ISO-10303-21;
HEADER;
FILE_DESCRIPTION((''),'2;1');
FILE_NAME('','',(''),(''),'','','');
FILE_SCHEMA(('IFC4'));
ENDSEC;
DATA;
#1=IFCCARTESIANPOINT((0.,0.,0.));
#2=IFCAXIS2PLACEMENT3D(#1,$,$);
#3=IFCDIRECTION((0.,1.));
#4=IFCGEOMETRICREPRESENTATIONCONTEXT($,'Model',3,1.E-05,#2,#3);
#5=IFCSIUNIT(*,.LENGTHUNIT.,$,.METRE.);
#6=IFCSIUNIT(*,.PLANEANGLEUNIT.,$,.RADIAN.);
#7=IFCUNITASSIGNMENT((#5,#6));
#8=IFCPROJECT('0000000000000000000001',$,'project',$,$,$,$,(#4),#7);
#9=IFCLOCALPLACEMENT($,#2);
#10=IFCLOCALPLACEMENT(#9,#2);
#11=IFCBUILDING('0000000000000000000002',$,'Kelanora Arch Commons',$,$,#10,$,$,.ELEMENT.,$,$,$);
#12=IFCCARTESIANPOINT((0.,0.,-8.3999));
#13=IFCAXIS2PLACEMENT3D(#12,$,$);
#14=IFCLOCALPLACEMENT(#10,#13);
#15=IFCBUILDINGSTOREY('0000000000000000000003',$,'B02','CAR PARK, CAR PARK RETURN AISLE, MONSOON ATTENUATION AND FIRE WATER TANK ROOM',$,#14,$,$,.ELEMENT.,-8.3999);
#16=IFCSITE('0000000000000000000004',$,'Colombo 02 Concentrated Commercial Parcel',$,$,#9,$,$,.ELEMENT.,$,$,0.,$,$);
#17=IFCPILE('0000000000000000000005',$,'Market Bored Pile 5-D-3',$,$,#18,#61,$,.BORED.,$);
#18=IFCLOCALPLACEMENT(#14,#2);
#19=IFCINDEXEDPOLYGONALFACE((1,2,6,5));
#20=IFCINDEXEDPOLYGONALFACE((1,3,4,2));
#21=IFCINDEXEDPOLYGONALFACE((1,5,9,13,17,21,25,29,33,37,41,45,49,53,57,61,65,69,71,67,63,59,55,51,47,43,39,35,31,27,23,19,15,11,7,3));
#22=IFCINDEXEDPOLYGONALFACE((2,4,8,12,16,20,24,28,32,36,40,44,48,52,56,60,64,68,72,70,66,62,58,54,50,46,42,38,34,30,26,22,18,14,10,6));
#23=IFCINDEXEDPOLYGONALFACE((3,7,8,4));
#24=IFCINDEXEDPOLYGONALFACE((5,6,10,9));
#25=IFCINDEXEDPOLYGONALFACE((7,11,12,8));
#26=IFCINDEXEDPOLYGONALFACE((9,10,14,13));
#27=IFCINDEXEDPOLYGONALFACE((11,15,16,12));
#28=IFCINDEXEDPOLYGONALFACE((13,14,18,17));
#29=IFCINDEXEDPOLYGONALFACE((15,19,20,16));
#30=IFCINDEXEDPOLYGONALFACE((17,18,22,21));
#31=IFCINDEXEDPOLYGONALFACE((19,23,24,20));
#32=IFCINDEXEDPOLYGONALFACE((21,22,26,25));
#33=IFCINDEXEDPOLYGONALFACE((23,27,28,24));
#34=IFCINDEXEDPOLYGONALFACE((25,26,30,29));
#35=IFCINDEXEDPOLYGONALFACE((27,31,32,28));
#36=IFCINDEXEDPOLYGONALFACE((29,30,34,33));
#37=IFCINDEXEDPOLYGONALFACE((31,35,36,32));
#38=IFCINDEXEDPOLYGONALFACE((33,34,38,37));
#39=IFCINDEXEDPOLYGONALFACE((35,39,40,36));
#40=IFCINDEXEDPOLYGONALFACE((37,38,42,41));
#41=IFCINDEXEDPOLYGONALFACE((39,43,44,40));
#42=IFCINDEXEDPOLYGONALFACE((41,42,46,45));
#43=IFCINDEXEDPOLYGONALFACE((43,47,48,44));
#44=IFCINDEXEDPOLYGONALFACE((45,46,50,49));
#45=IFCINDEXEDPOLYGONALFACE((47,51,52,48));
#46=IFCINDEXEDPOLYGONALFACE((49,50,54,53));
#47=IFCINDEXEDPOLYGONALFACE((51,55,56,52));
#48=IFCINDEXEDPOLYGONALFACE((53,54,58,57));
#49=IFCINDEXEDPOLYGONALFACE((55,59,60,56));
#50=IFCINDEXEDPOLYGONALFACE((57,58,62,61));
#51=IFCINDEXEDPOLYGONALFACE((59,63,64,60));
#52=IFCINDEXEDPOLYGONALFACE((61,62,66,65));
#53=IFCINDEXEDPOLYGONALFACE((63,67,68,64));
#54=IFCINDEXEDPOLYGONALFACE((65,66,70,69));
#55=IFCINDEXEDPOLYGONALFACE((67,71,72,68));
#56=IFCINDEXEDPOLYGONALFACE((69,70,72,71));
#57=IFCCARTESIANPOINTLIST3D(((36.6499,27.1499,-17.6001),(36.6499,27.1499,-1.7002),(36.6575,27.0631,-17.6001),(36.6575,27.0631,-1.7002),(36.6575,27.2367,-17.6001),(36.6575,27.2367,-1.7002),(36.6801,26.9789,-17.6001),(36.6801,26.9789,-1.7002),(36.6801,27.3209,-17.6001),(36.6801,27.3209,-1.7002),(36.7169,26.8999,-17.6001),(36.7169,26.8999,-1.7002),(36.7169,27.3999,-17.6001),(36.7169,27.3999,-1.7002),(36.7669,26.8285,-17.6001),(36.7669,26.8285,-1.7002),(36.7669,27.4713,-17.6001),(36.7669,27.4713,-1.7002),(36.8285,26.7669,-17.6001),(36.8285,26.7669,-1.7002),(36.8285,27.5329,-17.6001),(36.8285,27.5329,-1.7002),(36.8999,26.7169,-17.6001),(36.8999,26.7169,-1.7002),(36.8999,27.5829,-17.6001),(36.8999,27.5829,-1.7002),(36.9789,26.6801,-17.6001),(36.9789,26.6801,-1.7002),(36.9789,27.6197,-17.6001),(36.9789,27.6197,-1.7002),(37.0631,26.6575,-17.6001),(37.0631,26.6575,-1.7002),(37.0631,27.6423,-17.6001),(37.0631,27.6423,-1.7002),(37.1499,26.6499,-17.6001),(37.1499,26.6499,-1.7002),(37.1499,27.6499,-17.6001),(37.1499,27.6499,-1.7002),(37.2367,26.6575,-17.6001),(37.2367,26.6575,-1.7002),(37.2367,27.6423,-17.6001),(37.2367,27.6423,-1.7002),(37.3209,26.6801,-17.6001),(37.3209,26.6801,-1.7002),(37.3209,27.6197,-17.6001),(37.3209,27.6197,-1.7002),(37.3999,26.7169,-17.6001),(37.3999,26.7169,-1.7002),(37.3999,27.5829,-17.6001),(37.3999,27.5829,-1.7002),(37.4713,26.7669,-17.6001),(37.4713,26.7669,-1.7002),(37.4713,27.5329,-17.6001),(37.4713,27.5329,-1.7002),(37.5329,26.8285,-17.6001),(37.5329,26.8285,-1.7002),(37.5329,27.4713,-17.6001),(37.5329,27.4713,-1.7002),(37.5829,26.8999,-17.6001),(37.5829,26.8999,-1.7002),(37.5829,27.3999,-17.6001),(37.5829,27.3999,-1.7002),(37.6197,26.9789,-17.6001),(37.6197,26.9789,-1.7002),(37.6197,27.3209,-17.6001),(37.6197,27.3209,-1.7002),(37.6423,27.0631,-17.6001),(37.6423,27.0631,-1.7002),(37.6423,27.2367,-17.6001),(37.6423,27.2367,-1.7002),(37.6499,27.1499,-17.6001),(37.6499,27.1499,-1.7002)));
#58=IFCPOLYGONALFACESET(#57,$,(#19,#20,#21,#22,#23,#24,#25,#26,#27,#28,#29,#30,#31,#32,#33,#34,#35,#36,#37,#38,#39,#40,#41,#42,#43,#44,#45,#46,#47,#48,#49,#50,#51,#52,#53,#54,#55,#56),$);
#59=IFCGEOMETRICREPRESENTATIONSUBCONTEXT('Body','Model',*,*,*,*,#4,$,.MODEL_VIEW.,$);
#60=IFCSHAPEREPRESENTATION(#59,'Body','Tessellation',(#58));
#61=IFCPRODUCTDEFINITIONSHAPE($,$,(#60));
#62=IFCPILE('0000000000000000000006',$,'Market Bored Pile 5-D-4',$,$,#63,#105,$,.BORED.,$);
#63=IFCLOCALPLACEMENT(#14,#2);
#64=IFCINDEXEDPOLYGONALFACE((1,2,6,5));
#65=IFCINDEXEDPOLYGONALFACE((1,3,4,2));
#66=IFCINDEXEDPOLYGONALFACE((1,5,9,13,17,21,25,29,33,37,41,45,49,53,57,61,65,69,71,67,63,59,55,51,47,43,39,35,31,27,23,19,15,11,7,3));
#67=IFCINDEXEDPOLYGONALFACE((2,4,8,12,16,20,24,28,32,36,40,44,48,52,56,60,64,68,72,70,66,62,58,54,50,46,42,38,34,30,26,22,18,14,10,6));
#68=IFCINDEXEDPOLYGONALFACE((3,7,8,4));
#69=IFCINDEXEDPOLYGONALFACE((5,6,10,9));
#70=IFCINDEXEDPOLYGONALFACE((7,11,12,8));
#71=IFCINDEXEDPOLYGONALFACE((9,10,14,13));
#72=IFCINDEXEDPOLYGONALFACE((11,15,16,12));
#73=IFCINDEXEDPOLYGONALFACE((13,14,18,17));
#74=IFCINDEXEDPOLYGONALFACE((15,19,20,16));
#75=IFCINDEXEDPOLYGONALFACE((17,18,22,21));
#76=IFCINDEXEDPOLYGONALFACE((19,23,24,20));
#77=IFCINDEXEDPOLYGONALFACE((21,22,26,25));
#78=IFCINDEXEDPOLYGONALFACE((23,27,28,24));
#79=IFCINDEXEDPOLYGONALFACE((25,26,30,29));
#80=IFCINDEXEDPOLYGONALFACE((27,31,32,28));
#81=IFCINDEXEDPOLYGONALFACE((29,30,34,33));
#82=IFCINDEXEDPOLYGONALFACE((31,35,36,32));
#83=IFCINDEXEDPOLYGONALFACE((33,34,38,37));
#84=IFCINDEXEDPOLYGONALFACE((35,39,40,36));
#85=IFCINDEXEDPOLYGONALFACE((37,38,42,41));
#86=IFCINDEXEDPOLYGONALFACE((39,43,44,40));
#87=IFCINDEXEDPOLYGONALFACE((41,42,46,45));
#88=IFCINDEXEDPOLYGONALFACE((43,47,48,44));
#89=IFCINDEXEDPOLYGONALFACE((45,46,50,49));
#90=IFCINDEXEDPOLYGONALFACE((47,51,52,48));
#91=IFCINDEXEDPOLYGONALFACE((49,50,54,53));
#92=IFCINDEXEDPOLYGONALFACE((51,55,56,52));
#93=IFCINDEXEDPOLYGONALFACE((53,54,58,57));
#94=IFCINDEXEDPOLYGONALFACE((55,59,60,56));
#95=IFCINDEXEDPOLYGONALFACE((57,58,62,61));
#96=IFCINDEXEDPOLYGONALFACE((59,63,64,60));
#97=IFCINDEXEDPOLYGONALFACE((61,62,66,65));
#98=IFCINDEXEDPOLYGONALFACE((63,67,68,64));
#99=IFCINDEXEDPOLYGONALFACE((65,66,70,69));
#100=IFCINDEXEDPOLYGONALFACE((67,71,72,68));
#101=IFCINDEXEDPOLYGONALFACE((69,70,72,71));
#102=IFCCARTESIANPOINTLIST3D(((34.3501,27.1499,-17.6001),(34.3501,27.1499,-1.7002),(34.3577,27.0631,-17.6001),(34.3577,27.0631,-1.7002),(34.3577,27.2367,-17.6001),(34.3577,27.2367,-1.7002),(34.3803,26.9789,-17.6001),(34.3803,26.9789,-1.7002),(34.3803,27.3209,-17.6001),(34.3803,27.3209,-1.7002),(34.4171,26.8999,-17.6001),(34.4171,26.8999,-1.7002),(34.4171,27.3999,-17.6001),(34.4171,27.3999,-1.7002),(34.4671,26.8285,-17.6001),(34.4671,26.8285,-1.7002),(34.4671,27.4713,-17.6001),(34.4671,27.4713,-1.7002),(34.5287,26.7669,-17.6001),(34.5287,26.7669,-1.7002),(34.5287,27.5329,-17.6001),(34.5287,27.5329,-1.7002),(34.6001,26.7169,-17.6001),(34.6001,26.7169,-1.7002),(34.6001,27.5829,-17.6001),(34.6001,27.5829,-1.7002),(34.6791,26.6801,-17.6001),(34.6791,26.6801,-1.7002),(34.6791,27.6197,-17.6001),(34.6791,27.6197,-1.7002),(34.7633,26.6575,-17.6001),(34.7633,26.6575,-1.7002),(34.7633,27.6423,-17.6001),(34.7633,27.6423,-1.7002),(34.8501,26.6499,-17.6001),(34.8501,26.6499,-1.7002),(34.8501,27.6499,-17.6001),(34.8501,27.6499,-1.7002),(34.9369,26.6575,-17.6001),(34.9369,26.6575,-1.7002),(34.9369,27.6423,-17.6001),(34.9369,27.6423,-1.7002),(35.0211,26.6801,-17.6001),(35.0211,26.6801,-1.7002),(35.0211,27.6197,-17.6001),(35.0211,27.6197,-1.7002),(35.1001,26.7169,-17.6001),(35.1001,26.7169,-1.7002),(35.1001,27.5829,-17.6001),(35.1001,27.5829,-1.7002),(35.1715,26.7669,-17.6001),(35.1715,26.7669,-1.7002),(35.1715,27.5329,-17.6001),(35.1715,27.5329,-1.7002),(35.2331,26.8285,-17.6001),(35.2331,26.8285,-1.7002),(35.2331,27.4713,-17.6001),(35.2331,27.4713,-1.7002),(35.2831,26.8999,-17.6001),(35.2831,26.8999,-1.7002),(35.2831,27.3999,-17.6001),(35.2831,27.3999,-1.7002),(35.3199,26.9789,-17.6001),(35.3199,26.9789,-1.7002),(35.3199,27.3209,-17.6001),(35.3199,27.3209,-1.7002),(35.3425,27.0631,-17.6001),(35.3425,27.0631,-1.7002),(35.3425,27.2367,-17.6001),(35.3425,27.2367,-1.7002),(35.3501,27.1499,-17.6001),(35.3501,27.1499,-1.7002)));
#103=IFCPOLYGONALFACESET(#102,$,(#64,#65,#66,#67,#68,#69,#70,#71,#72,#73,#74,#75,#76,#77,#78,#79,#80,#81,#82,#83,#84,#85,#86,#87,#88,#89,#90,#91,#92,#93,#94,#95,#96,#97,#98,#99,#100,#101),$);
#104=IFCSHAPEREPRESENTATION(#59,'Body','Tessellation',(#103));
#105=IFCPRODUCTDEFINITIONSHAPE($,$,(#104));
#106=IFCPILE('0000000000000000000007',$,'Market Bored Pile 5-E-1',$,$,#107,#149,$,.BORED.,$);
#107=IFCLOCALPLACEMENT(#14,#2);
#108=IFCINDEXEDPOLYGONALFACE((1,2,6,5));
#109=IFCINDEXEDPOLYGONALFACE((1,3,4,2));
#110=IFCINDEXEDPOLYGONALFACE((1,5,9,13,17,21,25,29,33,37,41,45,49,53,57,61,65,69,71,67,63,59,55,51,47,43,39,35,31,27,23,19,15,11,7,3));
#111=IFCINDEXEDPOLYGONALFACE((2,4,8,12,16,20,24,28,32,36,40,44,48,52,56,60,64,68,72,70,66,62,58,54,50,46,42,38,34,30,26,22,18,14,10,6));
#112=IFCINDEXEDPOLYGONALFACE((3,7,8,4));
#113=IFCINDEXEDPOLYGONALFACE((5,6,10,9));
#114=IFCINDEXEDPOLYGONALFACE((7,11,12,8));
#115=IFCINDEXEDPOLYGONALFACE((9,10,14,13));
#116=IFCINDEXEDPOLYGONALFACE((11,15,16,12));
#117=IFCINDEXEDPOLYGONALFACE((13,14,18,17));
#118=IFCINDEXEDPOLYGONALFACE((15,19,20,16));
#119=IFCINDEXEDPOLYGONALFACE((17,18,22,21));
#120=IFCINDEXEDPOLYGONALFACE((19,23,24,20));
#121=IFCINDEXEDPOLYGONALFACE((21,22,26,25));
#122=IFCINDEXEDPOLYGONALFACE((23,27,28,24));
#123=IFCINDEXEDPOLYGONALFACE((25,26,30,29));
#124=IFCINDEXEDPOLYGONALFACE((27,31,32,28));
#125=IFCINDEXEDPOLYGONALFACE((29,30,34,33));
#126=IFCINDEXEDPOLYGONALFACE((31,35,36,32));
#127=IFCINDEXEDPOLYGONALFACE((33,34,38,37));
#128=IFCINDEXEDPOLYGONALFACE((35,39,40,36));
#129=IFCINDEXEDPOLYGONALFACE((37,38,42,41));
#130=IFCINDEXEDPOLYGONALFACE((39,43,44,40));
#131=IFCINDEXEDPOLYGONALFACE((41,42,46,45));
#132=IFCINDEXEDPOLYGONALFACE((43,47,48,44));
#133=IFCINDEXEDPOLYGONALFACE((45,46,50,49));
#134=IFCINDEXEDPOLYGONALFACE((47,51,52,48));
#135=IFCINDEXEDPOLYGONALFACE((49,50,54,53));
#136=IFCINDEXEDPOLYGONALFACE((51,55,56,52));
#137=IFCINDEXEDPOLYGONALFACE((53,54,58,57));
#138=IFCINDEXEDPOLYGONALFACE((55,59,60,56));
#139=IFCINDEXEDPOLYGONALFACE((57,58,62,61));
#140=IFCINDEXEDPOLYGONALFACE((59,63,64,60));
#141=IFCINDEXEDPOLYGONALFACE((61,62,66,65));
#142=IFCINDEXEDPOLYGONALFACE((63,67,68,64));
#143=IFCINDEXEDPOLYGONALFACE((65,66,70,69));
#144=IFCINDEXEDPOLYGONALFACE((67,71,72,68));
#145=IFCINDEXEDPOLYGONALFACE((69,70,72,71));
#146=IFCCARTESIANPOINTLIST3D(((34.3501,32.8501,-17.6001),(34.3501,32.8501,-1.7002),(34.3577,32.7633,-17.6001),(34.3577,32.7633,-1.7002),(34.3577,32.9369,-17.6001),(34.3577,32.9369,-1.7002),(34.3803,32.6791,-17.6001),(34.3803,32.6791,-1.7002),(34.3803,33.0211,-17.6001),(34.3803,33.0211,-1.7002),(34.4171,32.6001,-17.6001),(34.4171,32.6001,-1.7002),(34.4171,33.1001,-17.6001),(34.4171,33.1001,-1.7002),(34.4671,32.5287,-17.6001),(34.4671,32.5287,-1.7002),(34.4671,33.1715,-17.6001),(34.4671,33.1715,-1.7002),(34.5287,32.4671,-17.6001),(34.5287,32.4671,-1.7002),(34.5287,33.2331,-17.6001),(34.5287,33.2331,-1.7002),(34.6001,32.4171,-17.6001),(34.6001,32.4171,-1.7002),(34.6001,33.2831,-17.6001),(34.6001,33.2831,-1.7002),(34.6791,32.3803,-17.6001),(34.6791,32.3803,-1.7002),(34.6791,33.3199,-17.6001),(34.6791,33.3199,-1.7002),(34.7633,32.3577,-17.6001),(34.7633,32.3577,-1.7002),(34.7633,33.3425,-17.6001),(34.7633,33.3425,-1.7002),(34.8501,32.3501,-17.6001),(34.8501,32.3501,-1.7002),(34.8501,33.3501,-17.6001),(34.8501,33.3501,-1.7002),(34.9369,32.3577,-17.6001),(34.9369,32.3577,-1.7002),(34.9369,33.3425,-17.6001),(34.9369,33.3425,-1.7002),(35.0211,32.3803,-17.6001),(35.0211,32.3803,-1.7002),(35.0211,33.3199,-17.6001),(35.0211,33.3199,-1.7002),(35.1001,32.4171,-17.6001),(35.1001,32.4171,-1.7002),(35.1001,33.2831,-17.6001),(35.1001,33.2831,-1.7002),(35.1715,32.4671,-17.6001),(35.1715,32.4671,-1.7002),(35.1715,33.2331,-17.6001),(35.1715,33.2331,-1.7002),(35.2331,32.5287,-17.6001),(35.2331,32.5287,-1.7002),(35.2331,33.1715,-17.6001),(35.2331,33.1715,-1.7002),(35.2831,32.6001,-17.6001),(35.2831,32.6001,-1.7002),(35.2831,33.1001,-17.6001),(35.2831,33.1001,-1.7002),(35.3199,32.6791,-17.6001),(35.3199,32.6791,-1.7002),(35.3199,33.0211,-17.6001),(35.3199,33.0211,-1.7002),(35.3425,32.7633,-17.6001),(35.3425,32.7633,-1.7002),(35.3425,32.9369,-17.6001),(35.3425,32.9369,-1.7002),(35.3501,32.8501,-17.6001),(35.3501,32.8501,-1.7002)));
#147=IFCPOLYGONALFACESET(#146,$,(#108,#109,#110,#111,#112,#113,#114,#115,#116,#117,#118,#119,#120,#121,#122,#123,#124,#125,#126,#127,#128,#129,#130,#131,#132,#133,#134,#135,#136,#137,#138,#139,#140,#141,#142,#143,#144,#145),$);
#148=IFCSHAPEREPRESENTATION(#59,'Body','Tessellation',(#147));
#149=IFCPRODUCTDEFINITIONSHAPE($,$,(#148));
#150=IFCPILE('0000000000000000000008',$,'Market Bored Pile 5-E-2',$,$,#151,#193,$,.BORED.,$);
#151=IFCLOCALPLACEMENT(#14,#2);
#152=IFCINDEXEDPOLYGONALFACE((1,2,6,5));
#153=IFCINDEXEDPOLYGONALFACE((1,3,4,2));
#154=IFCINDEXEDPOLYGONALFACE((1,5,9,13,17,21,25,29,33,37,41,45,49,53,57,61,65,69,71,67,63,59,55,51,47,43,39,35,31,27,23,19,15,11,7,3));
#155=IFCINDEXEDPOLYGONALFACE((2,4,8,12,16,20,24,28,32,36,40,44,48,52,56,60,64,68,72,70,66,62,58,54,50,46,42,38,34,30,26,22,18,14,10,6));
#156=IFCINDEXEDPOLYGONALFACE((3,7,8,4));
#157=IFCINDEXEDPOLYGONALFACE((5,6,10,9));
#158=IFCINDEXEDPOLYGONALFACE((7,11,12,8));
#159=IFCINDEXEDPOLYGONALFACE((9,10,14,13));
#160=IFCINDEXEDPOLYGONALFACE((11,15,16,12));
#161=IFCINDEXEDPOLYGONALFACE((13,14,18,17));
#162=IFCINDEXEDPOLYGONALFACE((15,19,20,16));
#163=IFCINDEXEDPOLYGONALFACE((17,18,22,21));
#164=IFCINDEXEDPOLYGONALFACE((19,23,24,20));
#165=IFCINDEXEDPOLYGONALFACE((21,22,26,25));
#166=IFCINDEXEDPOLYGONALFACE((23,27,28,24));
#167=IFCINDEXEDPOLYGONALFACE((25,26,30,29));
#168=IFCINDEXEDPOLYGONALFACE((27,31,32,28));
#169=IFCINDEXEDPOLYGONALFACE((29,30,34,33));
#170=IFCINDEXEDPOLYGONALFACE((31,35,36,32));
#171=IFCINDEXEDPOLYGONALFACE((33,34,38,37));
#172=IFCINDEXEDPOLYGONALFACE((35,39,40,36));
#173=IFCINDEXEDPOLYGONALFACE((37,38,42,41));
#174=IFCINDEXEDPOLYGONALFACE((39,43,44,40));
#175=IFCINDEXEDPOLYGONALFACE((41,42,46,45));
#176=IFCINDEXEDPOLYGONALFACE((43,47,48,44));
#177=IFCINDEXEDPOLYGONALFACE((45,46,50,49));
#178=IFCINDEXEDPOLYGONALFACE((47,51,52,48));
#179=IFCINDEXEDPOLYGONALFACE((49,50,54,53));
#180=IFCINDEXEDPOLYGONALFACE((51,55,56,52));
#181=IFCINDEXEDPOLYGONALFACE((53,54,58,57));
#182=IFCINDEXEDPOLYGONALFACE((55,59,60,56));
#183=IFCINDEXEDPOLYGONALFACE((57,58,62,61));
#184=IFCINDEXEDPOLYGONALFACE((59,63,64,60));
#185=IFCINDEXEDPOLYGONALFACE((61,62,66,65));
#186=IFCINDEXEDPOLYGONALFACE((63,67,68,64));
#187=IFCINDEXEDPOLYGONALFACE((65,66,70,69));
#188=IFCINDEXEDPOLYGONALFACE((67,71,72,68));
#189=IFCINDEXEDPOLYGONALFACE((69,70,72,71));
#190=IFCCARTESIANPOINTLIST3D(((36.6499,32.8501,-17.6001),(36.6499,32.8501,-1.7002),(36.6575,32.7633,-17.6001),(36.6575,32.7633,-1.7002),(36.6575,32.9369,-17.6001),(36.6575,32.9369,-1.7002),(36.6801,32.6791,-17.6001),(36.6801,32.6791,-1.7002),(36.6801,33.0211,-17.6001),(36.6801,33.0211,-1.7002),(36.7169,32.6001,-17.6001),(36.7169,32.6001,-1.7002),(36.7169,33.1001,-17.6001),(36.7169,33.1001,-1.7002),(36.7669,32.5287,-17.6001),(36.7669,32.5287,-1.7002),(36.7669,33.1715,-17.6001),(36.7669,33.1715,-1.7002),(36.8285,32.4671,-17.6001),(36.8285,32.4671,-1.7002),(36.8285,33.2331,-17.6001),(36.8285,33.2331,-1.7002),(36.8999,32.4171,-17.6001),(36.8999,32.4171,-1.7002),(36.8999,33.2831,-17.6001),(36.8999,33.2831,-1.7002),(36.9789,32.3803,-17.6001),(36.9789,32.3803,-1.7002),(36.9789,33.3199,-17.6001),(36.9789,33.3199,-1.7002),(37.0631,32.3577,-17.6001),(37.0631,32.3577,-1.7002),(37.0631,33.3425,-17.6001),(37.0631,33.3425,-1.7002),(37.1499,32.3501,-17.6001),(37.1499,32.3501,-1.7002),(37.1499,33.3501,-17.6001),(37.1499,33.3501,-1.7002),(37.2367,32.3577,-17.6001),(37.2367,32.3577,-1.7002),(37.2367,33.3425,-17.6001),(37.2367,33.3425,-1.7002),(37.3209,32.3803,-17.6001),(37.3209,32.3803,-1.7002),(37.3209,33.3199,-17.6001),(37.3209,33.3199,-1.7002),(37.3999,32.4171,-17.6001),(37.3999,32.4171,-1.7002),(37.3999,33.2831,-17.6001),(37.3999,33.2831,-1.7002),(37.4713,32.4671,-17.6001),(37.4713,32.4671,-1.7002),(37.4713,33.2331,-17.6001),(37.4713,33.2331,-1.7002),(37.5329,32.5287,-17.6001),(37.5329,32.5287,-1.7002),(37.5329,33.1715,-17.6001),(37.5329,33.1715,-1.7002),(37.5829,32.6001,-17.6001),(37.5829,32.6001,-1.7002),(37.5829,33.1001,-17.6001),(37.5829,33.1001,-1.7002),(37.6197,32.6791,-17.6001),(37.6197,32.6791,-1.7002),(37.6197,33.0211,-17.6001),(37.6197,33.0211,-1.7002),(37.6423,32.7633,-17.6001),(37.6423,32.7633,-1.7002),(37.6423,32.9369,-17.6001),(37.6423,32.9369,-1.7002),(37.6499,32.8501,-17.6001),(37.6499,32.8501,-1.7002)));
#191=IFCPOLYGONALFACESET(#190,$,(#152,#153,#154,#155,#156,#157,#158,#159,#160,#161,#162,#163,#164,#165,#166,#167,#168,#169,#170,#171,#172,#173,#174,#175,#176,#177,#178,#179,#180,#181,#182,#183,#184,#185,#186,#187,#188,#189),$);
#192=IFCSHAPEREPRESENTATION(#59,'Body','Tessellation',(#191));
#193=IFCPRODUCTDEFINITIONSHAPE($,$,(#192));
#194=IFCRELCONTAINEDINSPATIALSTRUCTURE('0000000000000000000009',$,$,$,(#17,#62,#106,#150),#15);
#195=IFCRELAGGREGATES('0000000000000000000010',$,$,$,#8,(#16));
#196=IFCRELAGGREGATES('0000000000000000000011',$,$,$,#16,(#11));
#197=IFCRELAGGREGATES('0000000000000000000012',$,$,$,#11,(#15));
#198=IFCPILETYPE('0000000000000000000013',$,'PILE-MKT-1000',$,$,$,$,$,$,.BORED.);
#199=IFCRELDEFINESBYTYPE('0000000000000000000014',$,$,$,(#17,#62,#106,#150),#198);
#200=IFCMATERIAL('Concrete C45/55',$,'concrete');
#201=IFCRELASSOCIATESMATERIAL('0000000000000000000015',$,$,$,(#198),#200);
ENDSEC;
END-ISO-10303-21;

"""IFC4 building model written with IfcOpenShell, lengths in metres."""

from ifc_helpers import new_model, si_unit, direction, frame, origin, origin_2d, place, context, subcontext, project, spatial, circle, extrude, source, transform, mapped, material, material_profile, profile_set, type_object, element, save


model = new_model("IFC4")

# Units and contexts
model_context = context("Model", 3, precision=1e-05, world=origin(), true_north=direction((0.0, 1.0)))
body_context = subcontext(model_context, "Body", "Model", "MODEL_VIEW")
ifc_project = project(units=[si_unit("LENGTHUNIT", "METRE"), si_unit("PLANEANGLEUNIT", "RADIAN")], contexts=[model_context])

# Site, building, storey
site_placement = place(None, origin())
site = spatial("IfcSite", under=ifc_project, at=site_placement, Name="Colombo 02 Concentrated Commercial Parcel", CompositionType="ELEMENT", RefElevation=0.0)
building_placement = place(site_placement, origin())
building = spatial("IfcBuilding", under=site, at=building_placement, Name="Kelanora Arch Commons", CompositionType="ELEMENT")
storey_placement = place(building_placement, frame((0.0, 0.0, -8.3999)))
storey = spatial("IfcBuildingStorey", under=building, at=storey_placement, Name="B02", Description="CAR PARK, CAR PARK RETURN AISLE, MONSOON ATTENUATION AND FIRE WATER TANK ROOM", CompositionType="ELEMENT", Elevation=-8.3999)

# Piles
ifc_material_1 = material(Name="Concrete C45/55", Category="concrete")
ifc_material_profile_1 = material_profile(ifc_material_1, circle(Radius=0.5, at=origin_2d()), Name="PILE1000")
ifc_profile_set_1 = profile_set([ifc_material_profile_1], Name="Concrete C45/55")
pile_type = type_object("IfcPileType", Name="PILE-MKT-1000", PredefinedType="BORED", material=ifc_profile_set_1)
shared_shape_1 = source(origin(), body_context, "Body", "SweptSolid", [
    extrude(circle(Radius=0.5, at=origin_2d()), origin(), (0.0, 0.0, 1.0), 15.8999),
])
for number, where, z_axis, x_axis, name in (
    (1, (37.1499, 27.1499, -1.7002), (0.0, 0.0, -1.0), (1.0, 0.0, 0.0), "Market Bored Pile 5-D-3"),
    (2, (34.8501, 27.1499, -1.7002), (0.0, 0.0, -1.0), (1.0, 0.0, 0.0), "Market Bored Pile 5-D-4"),
    (3, (34.8501, 32.8501, -1.7002), (0.0, 0.0, -1.0), (1.0, 0.0, 0.0), "Market Bored Pile 5-E-1"),
    (4, (37.1499, 32.8501, -1.7002), (0.0, 0.0, -1.0), (1.0, 0.0, 0.0), "Market Bored Pile 5-E-2"),
):
    element("IfcPile", number, at=place(storey_placement, frame(where, z_axis=z_axis, x_axis=x_axis)), inside=storey, type_object=pile_type, Name=name, PredefinedType="BORED", context=body_context, shape_type="MappedRepresentation", body=[
        mapped(shared_shape_1, transform((0.0, 0.0, 0.0), scale=1.0)),
    ])

save(model, "model.ifc")
